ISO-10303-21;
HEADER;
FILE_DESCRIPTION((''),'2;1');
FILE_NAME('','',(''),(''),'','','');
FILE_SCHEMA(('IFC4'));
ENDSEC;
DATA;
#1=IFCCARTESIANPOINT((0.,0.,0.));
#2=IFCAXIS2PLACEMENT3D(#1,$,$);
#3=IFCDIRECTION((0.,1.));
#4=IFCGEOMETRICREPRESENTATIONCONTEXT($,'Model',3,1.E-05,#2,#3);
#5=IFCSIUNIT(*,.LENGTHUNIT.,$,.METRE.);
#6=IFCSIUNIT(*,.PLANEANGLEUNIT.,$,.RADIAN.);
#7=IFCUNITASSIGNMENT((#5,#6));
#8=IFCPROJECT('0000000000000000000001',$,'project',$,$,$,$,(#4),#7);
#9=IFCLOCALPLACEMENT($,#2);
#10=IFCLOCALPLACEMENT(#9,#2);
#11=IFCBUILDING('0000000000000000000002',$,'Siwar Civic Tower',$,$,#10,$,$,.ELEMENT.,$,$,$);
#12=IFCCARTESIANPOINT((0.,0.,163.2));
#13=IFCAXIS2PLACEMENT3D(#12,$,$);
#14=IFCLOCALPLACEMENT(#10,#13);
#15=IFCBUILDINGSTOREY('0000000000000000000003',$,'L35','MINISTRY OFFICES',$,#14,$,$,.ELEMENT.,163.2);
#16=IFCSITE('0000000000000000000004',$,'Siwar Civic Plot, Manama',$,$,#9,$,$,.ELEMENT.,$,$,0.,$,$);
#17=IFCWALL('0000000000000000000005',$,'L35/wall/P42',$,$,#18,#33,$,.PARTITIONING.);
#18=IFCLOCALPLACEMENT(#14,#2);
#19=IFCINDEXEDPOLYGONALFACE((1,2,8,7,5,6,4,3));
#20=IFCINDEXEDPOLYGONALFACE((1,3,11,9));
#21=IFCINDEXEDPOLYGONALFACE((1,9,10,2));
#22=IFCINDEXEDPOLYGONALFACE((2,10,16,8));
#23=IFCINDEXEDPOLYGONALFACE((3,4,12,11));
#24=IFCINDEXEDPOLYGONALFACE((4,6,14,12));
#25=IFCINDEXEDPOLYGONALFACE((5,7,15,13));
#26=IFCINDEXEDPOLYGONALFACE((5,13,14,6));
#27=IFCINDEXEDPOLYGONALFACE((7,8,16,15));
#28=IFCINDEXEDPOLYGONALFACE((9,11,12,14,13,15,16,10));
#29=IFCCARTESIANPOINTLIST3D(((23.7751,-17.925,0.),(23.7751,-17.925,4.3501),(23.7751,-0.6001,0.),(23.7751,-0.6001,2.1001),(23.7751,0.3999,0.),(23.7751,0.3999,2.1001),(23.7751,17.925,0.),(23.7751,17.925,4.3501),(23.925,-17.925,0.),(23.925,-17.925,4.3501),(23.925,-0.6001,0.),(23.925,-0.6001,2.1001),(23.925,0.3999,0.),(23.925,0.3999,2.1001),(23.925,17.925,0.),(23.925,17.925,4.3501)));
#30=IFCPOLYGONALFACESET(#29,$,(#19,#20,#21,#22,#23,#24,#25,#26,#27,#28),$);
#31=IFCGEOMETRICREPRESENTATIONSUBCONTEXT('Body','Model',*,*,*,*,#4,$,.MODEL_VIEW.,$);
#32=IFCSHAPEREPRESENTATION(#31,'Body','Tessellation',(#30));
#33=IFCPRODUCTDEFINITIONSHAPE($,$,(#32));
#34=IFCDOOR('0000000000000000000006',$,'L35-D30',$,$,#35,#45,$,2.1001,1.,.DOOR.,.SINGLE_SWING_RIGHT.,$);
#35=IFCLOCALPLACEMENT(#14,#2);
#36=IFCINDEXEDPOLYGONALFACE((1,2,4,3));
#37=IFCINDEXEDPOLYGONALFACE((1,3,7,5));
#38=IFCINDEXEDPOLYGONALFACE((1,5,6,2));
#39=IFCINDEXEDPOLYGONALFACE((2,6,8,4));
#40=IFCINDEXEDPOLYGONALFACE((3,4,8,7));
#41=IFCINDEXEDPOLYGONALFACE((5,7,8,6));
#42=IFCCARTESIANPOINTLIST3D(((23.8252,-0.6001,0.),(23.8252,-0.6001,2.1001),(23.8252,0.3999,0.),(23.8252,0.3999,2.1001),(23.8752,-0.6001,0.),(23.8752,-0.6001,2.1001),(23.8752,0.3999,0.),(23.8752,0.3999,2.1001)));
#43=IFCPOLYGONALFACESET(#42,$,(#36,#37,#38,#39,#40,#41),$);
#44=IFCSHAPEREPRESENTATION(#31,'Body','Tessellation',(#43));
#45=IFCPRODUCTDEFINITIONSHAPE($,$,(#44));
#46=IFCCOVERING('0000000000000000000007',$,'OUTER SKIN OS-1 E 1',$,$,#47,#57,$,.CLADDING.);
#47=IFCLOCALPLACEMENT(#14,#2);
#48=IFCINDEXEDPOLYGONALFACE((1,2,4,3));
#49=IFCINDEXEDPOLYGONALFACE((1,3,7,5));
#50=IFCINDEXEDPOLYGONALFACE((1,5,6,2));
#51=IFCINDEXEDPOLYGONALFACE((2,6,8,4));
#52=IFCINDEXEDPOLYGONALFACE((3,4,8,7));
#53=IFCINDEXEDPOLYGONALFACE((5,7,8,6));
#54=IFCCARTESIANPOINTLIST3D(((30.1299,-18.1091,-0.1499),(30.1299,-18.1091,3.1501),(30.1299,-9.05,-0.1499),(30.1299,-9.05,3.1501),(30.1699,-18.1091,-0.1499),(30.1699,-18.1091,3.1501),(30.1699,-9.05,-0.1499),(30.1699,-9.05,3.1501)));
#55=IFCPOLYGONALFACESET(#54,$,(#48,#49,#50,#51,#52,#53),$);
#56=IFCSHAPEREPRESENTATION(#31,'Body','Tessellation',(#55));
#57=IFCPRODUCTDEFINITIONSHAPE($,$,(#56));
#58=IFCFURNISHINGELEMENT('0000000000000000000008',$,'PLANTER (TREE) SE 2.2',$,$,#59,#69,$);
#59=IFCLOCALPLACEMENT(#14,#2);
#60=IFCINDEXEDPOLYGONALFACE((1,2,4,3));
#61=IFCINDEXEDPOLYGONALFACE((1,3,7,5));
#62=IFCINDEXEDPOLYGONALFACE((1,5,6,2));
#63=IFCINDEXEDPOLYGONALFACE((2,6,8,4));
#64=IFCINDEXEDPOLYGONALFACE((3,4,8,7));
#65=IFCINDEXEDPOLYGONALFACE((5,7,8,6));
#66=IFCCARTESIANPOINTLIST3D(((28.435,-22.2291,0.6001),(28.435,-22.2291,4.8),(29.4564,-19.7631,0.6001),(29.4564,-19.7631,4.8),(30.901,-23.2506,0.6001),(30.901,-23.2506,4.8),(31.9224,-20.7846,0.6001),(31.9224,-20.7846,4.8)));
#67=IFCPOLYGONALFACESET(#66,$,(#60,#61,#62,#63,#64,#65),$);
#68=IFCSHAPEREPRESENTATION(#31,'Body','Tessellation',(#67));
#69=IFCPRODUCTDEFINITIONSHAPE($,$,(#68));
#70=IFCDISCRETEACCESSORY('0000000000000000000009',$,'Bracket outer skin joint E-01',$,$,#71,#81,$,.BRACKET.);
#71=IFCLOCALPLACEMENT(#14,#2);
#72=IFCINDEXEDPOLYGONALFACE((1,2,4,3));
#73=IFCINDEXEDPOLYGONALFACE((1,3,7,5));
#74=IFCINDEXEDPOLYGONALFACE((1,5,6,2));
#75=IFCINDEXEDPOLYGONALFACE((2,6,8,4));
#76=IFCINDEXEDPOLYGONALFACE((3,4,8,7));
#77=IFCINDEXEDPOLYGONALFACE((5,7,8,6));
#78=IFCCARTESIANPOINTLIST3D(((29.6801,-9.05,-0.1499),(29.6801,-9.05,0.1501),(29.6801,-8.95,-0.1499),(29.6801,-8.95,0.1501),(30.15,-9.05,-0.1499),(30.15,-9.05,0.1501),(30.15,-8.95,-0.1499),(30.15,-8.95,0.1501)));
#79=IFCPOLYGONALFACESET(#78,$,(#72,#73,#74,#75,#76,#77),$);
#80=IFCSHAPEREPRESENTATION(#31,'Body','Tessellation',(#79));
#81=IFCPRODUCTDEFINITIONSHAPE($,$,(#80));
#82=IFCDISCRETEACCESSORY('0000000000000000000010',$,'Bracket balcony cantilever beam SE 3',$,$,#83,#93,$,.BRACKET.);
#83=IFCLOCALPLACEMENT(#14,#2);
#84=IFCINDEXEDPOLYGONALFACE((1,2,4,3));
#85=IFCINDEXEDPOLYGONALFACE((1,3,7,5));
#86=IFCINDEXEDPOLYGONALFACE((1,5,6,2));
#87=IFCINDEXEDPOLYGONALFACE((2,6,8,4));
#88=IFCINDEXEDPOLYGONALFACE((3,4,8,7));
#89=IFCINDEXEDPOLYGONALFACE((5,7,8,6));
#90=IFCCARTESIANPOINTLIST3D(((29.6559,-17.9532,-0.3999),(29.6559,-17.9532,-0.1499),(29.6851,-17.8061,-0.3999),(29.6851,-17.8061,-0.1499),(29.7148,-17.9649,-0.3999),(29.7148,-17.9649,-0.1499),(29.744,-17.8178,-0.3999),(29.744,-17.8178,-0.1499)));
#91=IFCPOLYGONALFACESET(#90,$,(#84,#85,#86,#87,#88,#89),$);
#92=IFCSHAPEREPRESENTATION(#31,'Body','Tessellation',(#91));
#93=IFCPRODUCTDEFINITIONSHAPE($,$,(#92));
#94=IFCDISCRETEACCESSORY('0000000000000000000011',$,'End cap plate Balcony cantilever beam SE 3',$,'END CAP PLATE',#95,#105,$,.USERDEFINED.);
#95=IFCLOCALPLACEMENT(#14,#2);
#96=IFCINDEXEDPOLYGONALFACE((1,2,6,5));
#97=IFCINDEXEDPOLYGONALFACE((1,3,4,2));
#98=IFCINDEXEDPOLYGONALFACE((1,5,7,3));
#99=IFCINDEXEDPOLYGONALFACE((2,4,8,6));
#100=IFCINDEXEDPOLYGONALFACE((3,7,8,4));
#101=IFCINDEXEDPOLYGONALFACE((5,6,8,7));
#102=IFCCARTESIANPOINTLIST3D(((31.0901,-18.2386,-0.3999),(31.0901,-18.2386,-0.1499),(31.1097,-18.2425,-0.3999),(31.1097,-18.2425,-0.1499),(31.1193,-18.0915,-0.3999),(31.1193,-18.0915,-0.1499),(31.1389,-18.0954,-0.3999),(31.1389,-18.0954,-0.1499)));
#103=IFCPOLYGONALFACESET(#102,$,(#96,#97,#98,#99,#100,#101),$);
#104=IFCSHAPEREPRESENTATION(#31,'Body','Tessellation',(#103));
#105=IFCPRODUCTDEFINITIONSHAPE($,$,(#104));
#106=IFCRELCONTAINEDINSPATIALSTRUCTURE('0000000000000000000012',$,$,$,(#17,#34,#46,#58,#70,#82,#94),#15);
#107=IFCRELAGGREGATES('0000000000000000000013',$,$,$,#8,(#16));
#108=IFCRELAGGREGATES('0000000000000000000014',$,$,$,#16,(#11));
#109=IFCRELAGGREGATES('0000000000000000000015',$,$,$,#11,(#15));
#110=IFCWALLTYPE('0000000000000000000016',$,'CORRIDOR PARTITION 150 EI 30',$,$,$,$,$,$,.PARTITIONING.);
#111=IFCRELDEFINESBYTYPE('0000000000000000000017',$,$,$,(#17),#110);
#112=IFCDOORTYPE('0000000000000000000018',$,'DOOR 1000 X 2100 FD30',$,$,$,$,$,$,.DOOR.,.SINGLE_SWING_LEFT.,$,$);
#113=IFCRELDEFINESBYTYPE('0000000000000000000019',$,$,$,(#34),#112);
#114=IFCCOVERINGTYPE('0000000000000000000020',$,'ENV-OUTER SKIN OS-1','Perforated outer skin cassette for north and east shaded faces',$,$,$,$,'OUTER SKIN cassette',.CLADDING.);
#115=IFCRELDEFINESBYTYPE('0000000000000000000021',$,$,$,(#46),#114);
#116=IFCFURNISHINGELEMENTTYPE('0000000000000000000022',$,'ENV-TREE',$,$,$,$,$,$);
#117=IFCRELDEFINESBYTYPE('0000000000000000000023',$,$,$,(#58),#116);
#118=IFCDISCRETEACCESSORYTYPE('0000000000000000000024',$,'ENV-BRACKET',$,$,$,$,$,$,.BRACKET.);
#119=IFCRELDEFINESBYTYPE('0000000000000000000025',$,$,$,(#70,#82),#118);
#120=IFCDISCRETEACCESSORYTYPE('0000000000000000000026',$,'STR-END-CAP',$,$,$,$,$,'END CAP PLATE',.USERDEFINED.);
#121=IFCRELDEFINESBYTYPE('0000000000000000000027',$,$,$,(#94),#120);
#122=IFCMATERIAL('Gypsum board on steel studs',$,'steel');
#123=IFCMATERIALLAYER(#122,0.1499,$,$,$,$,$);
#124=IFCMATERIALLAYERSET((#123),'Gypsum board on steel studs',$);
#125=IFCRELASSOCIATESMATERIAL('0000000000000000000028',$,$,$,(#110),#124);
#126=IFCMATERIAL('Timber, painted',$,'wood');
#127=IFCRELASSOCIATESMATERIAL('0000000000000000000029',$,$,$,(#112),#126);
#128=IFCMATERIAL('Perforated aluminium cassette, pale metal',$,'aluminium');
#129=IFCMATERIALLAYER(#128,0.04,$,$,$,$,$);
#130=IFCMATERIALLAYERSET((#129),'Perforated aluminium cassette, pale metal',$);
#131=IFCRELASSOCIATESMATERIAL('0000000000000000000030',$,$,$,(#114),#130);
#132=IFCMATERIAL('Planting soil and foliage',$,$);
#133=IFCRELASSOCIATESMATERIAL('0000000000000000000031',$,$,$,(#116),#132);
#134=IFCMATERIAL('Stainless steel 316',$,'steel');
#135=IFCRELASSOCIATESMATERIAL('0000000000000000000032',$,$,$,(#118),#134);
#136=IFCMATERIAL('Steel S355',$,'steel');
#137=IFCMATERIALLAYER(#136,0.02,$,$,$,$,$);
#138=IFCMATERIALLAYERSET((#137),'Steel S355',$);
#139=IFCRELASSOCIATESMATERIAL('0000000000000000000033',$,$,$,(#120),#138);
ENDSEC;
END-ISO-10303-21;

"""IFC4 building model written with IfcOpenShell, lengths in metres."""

from ifc_helpers import new_model, si_unit, direction, frame, frame_2d, origin, origin_2d, place, context, subcontext, project, spatial, rectangle, extrude, material, layer, layer_set, type_object, element, fill, save


model = new_model("IFC4")

# Units and contexts
model_context = context("Model", 3, precision=1e-05, world=origin(), true_north=direction((0.0, 1.0)))
body_context = subcontext(model_context, "Body", "Model", "MODEL_VIEW")
ifc_project = project(units=[si_unit("LENGTHUNIT", "METRE"), si_unit("PLANEANGLEUNIT", "RADIAN")], contexts=[model_context])

# Site, building, storey
site_placement = place(None, origin())
site = spatial("IfcSite", under=ifc_project, at=site_placement, Name="Siwar Civic Plot, Manama", CompositionType="ELEMENT", RefElevation=0.0)
building_placement = place(site_placement, origin())
building = spatial("IfcBuilding", under=site, at=building_placement, Name="Siwar Civic Tower", CompositionType="ELEMENT")
storey_placement = place(building_placement, frame((0.0, 0.0, 163.2)))
storey = spatial("IfcBuildingStorey", under=building, at=storey_placement, Name="L35", Description="MINISTRY OFFICES", CompositionType="ELEMENT", Elevation=163.2)

# Shared definitions
ifc_material_1 = material(Name="Gypsum board on steel studs", Category="steel")
ifc_layer_1 = layer(ifc_material_1, 0.1499)
ifc_layer_set_1 = layer_set([ifc_layer_1], Name="Gypsum board on steel studs")
wall_type_1 = type_object("IfcWallType", Name="CORRIDOR PARTITION 150 EI 30", PredefinedType="PARTITIONING", material=ifc_layer_set_1)

# Wall, opening, door
wall_1_placement = place(storey_placement, frame((23.8501, -17.925, 0.0), z_axis=(0.0, 0.0, 1.0), x_axis=(0.0, 1.0, 0.0)))
wall_1 = element("IfcWall", 1, at=wall_1_placement, inside=storey, type_object=wall_type_1, Name="L35/wall/P42", PredefinedType="PARTITIONING", context=body_context, shape_type="SweptSolid", body=[
    extrude(rectangle(XDim=35.8501, YDim=0.1499, at=frame_2d((17.925, 0.0))), origin(), (0.0, 0.0, 1.0), 4.3501),
])
opening_1_placement = place(wall_1_placement, frame((17.325, 0.0, 0.0)))
opening_1 = element("IfcOpeningElement", 2, at=opening_1_placement, cuts=wall_1, PredefinedType="OPENING", context=body_context, shape_type="SweptSolid", body=[
    extrude(rectangle(XDim=1.0, YDim=2.1001, at=frame_2d((0.5, 1.05))), frame((0.0, 0.085, 0.0), z_axis=(0.0, -1.0, 0.0), x_axis=(1.0, 0.0, 0.0)), (0.0, 0.0, 1.0), 0.1699),
])
ifc_material_2 = material(Name="Timber, painted", Category="wood")
door_type_1 = type_object("IfcDoorType", Name="DOOR 1000 X 2100 FD30", OperationType="SINGLE_SWING_LEFT", PredefinedType="DOOR", material=ifc_material_2)
door_1_placement = place(opening_1_placement, origin())
door_1 = element("IfcDoor", 3, at=door_1_placement, inside=storey, type_object=door_type_1, Name="L35-D30", OperationType="SINGLE_SWING_RIGHT", OverallHeight=2.1001, OverallWidth=1.0, PredefinedType="DOOR", context=body_context, shape_type="SweptSolid", body=[
    extrude(rectangle(XDim=1.0, YDim=2.1001, at=frame_2d((0.5, 1.05))), frame((0.0, 0.0249, 0.0), z_axis=(0.0, -1.0, 0.0), x_axis=(1.0, 0.0, 0.0)), (0.0, 0.0, 1.0), 0.05),
])
fill(opening_1, door_1)

# Covering
ifc_material_3 = material(Name="Perforated aluminium cassette, pale metal", Category="aluminium")
ifc_layer_2 = layer(ifc_material_3, 0.04)
ifc_layer_set_2 = layer_set([ifc_layer_2], Name="Perforated aluminium cassette, pale metal")
covering_type = type_object("IfcCoveringType", Name="ENV-OUTER SKIN OS-1", Description="Perforated outer skin cassette for north and east shaded faces", ElementType="OUTER SKIN cassette", PredefinedType="CLADDING", material=ifc_layer_set_2)
covering_placement = place(storey_placement, frame((30.1499, -13.5796, -0.1499), z_axis=(0.0, 0.0, 1.0), x_axis=(0.0, 1.0, 0.0)))
element("IfcCovering", 4, at=covering_placement, inside=storey, type_object=covering_type, Name="OUTER SKIN OS-1 E 1", PredefinedType="CLADDING", context=body_context, shape_type="SweptSolid", body=[
    extrude(rectangle(XDim=9.0591, YDim=0.04, at=origin_2d()), origin(), (0.0, 0.0, 1.0), 3.3),
])

# Furnishing element
ifc_material_4 = material(Name="Planting soil and foliage")
furnishing_element_type = type_object("IfcFurnishingElementType", Name="ENV-TREE", material=ifc_material_4)
furnishing_placement = place(storey_placement, frame((30.1787, -21.5068, 0.6001), z_axis=(0.0, 0.0, 1.0), x_axis=(0.382683, 0.92388, 0.0)))
element("IfcFurnishingElement", 5, at=furnishing_placement, inside=storey, type_object=furnishing_element_type, Name="PLANTER (TREE) SE 2.2", context=body_context, shape_type="SweptSolid", body=[
    extrude(rectangle(XDim=2.6692, YDim=2.6692, at=origin_2d()), origin(), (0.0, 0.0, 1.0), 4.2),
])

# Discrete accessories
ifc_material_5 = material(Name="Stainless steel 316", Category="steel")
discrete_accessory_type_1 = type_object("IfcDiscreteAccessoryType", Name="ENV-BRACKET", PredefinedType="BRACKET", material=ifc_material_5)
discrete_accessory_1_placement = place(storey_placement, frame((29.915, -9.0, -0.1499), z_axis=(0.0, 0.0, 1.0), x_axis=(1.0, 0.0, 0.0)))
element("IfcDiscreteAccessory", 6, at=discrete_accessory_1_placement, inside=storey, type_object=discrete_accessory_type_1, Name="Bracket outer skin joint E-01", PredefinedType="BRACKET", context=body_context, shape_type="SweptSolid", body=[
    extrude(rectangle(XDim=0.47, YDim=0.1001, at=origin_2d()), origin(), (0.0, 0.0, 1.0), 0.3),
])
discrete_accessory_2_placement = place(storey_placement, frame((29.7, -17.8855, -0.3999), z_axis=(0.0, 0.0, 1.0), x_axis=(0.980785, -0.19509, 0.0)))
element("IfcDiscreteAccessory", 7, at=discrete_accessory_2_placement, inside=storey, type_object=discrete_accessory_type_1, Name="Bracket balcony cantilever beam SE 3", PredefinedType="BRACKET", context=body_context, shape_type="SweptSolid", body=[
    extrude(rectangle(XDim=0.0601, YDim=0.1499, at=origin_2d()), origin(), (0.0, 0.0, 1.0), 0.25),
])
ifc_material_6 = material(Name="Steel S355", Category="steel")
ifc_layer_3 = layer(ifc_material_6, 0.02)
ifc_layer_set_3 = layer_set([ifc_layer_3], Name="Steel S355")
discrete_accessory_type_2 = type_object("IfcDiscreteAccessoryType", Name="STR-END-CAP", ElementType="END CAP PLATE", PredefinedType="USERDEFINED", material=ifc_layer_set_3)
discrete_accessory_3_placement = place(storey_placement, frame((31.1145, -18.167, -0.3999), z_axis=(0.0, 0.0, 1.0), x_axis=(0.980785, -0.19509, 0.0)))
element("IfcDiscreteAccessory", 8, at=discrete_accessory_3_placement, inside=storey, type_object=discrete_accessory_type_2, Name="End cap plate Balcony cantilever beam SE 3", ObjectType="END CAP PLATE", PredefinedType="USERDEFINED", context=body_context, shape_type="SweptSolid", body=[
    extrude(rectangle(XDim=0.02, YDim=0.1499, at=origin_2d()), origin(), (0.0, 0.0, 1.0), 0.25),
])

save(model, "model.ifc")
